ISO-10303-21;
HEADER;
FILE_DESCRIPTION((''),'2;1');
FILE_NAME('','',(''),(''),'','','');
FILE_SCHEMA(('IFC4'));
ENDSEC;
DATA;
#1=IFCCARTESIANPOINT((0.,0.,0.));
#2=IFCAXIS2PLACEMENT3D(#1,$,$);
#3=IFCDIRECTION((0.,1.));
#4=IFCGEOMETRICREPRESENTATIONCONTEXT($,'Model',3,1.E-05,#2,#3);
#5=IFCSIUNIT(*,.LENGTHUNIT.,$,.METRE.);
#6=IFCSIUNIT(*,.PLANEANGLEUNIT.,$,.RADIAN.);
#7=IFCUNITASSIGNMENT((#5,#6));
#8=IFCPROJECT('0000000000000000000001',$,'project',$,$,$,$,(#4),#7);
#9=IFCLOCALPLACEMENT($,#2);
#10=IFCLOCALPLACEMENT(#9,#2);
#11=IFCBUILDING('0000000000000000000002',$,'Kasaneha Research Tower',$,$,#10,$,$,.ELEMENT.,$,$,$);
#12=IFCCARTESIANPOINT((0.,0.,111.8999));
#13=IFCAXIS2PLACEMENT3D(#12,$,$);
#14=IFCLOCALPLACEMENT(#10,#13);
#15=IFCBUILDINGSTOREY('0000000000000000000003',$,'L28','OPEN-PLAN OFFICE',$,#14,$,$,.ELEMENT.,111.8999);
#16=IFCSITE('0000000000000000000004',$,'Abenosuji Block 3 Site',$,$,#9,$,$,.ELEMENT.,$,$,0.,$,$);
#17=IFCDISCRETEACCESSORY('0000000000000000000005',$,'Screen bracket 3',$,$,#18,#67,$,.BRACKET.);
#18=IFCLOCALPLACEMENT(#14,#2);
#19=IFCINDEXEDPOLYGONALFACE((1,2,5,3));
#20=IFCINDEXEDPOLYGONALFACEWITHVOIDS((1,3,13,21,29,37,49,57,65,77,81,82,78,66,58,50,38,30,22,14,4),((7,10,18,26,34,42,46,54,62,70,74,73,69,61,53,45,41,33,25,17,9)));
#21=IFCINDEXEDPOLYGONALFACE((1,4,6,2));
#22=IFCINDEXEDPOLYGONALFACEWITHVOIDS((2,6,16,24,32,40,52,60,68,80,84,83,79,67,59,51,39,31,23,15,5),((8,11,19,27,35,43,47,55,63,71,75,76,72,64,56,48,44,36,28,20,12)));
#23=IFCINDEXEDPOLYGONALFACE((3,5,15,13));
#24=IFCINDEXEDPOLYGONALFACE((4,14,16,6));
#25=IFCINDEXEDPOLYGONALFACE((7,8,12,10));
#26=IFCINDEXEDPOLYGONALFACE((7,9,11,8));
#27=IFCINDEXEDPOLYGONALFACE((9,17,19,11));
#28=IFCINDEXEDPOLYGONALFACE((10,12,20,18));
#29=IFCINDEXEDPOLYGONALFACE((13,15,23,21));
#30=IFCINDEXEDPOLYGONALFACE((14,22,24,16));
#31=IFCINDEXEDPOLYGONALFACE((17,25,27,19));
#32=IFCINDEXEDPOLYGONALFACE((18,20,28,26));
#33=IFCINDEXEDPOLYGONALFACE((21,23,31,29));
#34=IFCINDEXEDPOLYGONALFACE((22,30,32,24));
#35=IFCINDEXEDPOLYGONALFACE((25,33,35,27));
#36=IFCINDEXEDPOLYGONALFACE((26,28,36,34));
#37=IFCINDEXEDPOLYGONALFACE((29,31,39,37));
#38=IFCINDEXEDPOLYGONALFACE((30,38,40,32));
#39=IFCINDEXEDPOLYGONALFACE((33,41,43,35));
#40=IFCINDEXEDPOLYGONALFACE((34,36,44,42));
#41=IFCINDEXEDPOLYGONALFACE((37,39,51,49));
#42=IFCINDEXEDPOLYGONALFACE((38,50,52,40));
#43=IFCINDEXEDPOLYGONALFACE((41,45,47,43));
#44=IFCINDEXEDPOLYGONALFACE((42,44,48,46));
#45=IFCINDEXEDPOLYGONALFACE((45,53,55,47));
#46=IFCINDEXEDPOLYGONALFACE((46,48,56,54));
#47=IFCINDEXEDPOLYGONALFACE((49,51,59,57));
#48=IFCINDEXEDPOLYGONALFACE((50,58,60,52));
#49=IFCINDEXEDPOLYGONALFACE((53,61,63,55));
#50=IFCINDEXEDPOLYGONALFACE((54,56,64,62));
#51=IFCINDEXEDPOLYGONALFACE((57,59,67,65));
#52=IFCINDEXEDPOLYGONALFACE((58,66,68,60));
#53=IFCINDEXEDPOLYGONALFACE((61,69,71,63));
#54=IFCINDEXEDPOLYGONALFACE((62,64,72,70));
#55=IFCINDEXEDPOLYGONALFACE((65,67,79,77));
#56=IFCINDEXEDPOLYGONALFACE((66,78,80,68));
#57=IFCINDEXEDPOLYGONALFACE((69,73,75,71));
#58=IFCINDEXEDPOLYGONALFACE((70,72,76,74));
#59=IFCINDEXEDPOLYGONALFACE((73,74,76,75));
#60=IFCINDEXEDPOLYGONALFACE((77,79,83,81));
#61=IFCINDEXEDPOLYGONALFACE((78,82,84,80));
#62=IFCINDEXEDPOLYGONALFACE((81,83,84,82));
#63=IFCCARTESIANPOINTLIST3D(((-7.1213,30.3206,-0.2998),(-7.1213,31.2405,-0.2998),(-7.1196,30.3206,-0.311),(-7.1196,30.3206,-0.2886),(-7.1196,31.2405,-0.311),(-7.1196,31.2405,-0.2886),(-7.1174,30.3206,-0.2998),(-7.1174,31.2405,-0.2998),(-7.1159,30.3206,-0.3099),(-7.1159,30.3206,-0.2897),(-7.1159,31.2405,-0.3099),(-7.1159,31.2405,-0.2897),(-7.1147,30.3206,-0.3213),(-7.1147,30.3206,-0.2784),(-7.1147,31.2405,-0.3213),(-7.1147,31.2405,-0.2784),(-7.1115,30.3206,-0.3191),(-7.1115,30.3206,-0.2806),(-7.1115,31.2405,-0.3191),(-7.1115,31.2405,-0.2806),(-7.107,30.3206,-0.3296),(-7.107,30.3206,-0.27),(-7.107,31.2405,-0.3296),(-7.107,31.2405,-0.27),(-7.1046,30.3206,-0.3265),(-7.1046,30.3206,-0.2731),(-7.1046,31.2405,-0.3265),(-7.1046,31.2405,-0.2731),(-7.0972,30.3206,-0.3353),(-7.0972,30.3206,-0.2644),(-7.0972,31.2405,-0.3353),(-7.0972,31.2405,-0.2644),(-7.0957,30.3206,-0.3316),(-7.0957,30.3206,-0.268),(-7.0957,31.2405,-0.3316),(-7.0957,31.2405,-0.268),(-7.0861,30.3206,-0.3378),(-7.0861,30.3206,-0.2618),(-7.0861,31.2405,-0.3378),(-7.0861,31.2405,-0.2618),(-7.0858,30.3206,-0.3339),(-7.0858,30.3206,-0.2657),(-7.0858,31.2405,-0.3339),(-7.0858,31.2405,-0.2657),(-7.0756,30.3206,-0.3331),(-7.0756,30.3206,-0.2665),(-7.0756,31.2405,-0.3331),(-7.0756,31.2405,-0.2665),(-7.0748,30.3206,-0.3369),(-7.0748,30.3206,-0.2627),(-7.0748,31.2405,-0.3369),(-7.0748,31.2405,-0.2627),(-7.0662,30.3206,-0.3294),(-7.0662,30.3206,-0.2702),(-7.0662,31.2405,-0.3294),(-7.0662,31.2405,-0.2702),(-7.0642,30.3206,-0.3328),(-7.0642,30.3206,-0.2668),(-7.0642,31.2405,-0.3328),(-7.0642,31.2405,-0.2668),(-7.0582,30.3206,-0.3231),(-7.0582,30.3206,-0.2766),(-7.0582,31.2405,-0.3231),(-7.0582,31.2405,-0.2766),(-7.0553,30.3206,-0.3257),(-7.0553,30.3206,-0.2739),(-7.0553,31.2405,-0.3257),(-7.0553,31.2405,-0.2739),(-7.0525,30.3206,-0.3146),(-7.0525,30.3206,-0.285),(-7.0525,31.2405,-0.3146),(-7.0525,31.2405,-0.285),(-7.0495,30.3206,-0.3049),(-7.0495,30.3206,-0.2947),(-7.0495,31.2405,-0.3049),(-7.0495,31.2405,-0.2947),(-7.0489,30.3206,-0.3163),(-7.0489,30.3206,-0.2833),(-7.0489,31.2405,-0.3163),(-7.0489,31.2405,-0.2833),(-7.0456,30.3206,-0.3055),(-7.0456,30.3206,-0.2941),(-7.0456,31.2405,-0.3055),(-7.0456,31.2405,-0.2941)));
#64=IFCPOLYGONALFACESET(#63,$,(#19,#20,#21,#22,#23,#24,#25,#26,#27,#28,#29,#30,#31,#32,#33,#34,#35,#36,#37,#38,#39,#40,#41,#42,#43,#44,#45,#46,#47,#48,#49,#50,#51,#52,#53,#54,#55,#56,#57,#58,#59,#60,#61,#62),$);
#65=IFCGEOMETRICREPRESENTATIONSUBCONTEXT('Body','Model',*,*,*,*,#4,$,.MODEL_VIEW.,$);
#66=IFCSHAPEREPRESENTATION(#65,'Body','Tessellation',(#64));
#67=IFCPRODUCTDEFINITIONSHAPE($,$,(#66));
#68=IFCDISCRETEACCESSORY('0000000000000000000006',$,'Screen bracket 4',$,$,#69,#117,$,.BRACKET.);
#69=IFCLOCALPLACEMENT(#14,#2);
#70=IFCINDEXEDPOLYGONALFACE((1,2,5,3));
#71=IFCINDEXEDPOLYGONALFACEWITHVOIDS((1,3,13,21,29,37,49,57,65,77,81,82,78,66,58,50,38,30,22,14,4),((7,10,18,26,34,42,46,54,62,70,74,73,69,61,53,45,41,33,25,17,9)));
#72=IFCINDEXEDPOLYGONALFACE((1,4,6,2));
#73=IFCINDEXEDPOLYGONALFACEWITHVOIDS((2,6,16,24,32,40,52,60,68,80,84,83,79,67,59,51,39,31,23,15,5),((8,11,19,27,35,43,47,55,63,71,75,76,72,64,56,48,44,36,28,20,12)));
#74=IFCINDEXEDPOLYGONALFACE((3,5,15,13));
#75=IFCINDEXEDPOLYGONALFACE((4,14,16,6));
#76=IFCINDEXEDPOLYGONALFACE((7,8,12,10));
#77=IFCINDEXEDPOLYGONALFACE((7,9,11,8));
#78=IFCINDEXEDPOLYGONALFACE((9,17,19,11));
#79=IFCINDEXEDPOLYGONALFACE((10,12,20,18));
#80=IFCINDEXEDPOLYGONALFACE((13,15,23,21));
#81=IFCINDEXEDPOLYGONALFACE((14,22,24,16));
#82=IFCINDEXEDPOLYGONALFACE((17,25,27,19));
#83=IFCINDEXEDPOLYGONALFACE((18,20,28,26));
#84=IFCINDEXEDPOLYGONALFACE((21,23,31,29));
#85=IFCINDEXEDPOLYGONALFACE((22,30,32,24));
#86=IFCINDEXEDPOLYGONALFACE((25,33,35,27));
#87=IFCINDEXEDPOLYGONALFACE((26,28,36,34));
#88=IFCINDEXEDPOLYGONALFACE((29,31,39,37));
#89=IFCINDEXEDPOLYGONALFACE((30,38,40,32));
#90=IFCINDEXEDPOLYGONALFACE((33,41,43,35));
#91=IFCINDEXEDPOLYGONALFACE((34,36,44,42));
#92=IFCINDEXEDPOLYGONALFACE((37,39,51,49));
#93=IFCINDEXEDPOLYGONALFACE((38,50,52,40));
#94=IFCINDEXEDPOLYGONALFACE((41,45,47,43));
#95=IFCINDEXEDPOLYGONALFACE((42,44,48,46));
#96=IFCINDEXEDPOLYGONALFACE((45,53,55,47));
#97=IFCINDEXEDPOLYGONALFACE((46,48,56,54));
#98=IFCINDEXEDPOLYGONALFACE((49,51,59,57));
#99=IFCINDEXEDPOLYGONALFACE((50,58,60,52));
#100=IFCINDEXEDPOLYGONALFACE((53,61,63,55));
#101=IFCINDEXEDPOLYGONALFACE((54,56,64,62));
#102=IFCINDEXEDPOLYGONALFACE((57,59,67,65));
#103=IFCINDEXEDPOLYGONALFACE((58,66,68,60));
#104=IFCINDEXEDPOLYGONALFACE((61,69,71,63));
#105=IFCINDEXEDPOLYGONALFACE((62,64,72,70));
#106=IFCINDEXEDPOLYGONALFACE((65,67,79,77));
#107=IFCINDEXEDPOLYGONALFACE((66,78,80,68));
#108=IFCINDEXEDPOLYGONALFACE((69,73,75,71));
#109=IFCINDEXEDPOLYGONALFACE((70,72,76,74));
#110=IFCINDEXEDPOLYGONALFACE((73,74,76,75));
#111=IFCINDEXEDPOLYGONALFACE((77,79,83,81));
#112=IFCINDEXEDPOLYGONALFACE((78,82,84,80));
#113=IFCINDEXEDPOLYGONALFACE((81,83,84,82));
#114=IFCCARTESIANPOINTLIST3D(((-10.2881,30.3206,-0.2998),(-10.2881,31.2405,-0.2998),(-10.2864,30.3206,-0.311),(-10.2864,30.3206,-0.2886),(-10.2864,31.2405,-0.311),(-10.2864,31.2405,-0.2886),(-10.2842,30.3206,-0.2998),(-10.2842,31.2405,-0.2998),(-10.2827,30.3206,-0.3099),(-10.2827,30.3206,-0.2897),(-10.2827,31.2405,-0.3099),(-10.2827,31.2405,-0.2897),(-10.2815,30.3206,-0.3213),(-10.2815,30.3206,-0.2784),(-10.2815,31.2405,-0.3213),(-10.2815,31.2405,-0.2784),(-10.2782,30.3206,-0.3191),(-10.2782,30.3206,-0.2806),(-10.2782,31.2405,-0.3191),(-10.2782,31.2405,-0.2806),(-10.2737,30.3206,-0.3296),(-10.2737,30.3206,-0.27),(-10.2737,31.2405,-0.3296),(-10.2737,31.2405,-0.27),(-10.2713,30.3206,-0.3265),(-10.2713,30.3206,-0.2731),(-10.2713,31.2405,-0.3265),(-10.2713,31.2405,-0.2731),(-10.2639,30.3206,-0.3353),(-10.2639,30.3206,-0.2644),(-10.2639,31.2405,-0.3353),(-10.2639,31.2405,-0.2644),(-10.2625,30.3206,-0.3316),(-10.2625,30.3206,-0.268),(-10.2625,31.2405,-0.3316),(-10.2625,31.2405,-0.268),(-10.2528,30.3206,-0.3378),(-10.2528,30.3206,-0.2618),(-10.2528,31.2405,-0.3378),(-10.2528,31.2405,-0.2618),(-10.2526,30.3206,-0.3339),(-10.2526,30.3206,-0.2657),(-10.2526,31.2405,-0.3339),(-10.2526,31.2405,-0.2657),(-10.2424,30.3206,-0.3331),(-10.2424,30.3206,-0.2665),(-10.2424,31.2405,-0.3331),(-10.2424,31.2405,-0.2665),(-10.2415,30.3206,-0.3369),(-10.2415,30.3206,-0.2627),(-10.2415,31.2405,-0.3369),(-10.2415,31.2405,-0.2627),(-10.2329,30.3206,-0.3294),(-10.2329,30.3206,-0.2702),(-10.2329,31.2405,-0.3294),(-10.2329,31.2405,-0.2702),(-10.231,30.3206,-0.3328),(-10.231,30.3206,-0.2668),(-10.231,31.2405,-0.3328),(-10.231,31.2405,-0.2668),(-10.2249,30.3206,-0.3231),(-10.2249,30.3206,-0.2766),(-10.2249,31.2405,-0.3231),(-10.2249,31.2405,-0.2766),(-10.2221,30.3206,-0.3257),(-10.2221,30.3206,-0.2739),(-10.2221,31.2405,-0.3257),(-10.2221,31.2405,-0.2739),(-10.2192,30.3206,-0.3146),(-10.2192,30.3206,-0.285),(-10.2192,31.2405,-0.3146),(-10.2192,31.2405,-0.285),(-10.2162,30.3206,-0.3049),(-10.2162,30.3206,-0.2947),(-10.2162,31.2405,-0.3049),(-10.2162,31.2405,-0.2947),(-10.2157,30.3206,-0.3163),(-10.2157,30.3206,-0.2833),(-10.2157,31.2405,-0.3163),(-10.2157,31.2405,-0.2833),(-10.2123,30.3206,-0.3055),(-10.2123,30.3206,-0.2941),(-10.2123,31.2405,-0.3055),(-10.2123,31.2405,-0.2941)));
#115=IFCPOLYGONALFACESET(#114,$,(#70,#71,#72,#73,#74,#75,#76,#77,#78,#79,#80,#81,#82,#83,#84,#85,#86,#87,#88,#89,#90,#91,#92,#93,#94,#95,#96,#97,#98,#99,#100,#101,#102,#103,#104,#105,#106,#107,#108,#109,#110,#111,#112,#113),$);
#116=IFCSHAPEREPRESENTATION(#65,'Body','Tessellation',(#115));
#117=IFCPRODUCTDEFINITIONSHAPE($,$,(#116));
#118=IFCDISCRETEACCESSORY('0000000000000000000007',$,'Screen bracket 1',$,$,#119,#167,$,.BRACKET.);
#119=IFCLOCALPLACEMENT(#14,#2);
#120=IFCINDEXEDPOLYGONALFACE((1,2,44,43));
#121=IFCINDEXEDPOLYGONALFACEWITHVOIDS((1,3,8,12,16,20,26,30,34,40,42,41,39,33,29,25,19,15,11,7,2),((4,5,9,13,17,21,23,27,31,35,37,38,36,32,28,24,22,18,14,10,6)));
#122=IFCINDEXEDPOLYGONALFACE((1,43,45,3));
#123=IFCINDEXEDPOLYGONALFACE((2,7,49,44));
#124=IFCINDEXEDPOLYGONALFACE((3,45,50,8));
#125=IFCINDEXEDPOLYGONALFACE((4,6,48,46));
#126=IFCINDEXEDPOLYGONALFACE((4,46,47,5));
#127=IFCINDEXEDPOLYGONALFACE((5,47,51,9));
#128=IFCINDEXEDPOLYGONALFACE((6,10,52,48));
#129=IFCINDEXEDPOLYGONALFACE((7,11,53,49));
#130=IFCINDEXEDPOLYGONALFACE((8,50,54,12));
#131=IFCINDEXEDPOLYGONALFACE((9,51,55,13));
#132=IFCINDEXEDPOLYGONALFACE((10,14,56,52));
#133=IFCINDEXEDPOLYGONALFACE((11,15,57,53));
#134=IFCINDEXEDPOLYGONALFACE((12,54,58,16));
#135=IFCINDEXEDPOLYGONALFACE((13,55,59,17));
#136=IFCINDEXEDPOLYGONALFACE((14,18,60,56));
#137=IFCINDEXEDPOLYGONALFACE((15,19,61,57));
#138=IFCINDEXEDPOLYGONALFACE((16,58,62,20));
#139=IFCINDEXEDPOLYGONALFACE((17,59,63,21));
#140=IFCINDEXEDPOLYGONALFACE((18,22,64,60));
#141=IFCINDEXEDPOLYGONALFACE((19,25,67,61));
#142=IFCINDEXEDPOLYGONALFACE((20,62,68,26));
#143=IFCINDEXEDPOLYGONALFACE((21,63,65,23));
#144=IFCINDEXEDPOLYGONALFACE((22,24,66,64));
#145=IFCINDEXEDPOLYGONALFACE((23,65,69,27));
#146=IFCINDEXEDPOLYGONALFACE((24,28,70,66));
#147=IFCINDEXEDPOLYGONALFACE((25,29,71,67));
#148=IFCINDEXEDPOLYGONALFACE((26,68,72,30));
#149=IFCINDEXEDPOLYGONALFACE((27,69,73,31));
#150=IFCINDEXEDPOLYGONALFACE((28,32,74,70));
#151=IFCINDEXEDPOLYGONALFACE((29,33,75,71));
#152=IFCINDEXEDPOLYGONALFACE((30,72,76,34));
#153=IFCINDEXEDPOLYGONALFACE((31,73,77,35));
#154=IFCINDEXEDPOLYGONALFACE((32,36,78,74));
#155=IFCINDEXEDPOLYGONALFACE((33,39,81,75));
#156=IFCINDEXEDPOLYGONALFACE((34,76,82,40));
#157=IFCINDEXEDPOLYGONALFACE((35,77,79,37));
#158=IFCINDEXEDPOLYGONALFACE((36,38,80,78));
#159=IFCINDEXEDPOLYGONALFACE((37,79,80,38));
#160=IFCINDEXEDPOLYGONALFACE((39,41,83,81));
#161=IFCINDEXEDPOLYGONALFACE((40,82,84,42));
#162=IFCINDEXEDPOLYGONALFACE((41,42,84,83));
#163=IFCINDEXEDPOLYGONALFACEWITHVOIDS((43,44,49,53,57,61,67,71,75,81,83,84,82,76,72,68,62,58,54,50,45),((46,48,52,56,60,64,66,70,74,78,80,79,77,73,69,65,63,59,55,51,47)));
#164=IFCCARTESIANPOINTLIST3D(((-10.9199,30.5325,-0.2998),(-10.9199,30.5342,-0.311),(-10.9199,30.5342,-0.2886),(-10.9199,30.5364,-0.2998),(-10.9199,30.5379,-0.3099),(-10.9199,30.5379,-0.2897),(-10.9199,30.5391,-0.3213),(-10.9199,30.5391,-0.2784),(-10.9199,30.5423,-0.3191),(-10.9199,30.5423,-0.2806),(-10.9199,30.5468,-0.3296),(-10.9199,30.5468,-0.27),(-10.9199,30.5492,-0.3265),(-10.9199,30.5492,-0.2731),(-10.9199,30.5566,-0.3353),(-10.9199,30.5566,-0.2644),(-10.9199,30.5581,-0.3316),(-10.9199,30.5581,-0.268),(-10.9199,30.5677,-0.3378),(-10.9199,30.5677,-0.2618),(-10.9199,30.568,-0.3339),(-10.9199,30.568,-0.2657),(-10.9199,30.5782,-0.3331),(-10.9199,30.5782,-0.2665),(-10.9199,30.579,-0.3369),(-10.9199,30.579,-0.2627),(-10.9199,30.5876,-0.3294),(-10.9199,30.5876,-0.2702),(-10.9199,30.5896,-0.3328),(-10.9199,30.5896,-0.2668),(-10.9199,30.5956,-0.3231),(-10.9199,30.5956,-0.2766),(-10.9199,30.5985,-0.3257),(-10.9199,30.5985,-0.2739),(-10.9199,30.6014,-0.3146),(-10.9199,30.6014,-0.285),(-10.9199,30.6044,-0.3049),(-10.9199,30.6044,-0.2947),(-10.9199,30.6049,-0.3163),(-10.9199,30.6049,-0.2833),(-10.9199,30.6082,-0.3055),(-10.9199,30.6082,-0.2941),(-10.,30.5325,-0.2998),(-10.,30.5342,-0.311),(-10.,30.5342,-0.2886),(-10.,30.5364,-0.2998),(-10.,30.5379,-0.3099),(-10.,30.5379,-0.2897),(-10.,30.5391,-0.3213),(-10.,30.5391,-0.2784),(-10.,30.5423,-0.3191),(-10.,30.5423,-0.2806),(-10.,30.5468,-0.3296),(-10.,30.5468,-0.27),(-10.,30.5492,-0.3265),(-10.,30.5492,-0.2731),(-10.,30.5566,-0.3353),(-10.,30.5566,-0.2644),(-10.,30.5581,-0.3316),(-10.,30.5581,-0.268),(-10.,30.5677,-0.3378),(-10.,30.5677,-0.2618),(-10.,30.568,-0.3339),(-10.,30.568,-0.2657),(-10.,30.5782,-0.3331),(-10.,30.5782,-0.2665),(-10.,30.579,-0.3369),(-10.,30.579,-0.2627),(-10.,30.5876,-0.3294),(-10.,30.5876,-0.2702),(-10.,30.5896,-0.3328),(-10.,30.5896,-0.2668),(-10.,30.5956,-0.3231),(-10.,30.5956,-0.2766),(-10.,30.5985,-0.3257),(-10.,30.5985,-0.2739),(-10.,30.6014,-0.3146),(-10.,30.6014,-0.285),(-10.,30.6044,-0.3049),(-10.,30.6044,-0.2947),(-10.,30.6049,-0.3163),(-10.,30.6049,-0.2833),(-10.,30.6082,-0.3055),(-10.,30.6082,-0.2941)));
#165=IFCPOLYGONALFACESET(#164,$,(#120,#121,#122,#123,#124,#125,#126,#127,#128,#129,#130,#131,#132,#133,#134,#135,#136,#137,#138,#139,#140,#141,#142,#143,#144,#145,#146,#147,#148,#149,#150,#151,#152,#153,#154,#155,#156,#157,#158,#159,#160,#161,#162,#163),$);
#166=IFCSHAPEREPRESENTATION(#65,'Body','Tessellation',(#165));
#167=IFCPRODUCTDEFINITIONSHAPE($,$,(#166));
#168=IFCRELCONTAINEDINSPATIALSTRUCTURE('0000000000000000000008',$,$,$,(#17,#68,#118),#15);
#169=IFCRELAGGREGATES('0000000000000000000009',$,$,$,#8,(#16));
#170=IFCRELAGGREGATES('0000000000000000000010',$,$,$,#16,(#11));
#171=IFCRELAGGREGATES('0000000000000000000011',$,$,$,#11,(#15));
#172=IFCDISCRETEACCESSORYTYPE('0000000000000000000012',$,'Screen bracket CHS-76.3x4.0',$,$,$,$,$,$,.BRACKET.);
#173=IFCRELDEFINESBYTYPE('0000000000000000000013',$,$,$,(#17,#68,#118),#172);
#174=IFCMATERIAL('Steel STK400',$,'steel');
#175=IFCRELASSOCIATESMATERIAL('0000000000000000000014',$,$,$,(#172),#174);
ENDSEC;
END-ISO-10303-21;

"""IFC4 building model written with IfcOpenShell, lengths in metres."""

from ifc_helpers import new_model, si_unit, direction, frame, origin, origin_2d, place, context, subcontext, project, spatial, hollow_circle, extrude, material, material_profile, profile_set, type_object, element, save


model = new_model("IFC4")

# Units and contexts
model_context = context("Model", 3, precision=1e-05, world=origin(), true_north=direction((0.0, 1.0)))
body_context = subcontext(model_context, "Body", "Model", "MODEL_VIEW")
ifc_project = project(units=[si_unit("LENGTHUNIT", "METRE"), si_unit("PLANEANGLEUNIT", "RADIAN")], contexts=[model_context])

# Site, building, storey
site_placement = place(None, origin())
site = spatial("IfcSite", under=ifc_project, at=site_placement, Name="Abenosuji Block 3 Site", CompositionType="ELEMENT", RefElevation=0.0)
building_placement = place(site_placement, origin())
building = spatial("IfcBuilding", under=site, at=building_placement, Name="Kasaneha Research Tower", CompositionType="ELEMENT")
storey_placement = place(building_placement, frame((0.0, 0.0, 111.8999)))
storey = spatial("IfcBuildingStorey", under=building, at=storey_placement, Name="L28", Description="OPEN-PLAN OFFICE", CompositionType="ELEMENT", Elevation=111.8999)

# Discrete accessories
ifc_material_1 = material(Name="Steel STK400", Category="steel")
ifc_material_profile_1 = material_profile(ifc_material_1, hollow_circle(Radius=0.0381, WallThickness=0.0039, at=origin_2d()), Name="CHS-76.3x4.0")
ifc_profile_set_1 = profile_set([ifc_material_profile_1], Name="Steel STK400")
discrete_accessory_type = type_object("IfcDiscreteAccessoryType", Name="Screen bracket CHS-76.3x4.0", PredefinedType="BRACKET", material=ifc_profile_set_1)
for number, where, z_axis, x_axis, name in (
    (1, (-7.0833, 30.3206, -0.2998), (0.0, 1.0, 0.0), (-1.0, 0.0, 0.0), "Screen bracket 3"),
    (2, (-10.25, 30.3206, -0.2998), (0.0, 1.0, 0.0), (-1.0, 0.0, 0.0), "Screen bracket 4"),
    (3, (-10.0, 30.5706, -0.2998), (-1.0, 0.0, 0.0), (0.0, -1.0, 0.0), "Screen bracket 1"),
):
    element("IfcDiscreteAccessory", number, at=place(storey_placement, frame(where, z_axis=z_axis, x_axis=x_axis)), inside=storey, type_object=discrete_accessory_type, Name=name, PredefinedType="BRACKET", context=body_context, shape_type="SweptSolid", body=[
        extrude(hollow_circle(Radius=0.0381, WallThickness=0.0039, at=origin_2d()), origin(), (0.0, 0.0, 1.0), 0.9199),
    ])

save(model, "model.ifc")
